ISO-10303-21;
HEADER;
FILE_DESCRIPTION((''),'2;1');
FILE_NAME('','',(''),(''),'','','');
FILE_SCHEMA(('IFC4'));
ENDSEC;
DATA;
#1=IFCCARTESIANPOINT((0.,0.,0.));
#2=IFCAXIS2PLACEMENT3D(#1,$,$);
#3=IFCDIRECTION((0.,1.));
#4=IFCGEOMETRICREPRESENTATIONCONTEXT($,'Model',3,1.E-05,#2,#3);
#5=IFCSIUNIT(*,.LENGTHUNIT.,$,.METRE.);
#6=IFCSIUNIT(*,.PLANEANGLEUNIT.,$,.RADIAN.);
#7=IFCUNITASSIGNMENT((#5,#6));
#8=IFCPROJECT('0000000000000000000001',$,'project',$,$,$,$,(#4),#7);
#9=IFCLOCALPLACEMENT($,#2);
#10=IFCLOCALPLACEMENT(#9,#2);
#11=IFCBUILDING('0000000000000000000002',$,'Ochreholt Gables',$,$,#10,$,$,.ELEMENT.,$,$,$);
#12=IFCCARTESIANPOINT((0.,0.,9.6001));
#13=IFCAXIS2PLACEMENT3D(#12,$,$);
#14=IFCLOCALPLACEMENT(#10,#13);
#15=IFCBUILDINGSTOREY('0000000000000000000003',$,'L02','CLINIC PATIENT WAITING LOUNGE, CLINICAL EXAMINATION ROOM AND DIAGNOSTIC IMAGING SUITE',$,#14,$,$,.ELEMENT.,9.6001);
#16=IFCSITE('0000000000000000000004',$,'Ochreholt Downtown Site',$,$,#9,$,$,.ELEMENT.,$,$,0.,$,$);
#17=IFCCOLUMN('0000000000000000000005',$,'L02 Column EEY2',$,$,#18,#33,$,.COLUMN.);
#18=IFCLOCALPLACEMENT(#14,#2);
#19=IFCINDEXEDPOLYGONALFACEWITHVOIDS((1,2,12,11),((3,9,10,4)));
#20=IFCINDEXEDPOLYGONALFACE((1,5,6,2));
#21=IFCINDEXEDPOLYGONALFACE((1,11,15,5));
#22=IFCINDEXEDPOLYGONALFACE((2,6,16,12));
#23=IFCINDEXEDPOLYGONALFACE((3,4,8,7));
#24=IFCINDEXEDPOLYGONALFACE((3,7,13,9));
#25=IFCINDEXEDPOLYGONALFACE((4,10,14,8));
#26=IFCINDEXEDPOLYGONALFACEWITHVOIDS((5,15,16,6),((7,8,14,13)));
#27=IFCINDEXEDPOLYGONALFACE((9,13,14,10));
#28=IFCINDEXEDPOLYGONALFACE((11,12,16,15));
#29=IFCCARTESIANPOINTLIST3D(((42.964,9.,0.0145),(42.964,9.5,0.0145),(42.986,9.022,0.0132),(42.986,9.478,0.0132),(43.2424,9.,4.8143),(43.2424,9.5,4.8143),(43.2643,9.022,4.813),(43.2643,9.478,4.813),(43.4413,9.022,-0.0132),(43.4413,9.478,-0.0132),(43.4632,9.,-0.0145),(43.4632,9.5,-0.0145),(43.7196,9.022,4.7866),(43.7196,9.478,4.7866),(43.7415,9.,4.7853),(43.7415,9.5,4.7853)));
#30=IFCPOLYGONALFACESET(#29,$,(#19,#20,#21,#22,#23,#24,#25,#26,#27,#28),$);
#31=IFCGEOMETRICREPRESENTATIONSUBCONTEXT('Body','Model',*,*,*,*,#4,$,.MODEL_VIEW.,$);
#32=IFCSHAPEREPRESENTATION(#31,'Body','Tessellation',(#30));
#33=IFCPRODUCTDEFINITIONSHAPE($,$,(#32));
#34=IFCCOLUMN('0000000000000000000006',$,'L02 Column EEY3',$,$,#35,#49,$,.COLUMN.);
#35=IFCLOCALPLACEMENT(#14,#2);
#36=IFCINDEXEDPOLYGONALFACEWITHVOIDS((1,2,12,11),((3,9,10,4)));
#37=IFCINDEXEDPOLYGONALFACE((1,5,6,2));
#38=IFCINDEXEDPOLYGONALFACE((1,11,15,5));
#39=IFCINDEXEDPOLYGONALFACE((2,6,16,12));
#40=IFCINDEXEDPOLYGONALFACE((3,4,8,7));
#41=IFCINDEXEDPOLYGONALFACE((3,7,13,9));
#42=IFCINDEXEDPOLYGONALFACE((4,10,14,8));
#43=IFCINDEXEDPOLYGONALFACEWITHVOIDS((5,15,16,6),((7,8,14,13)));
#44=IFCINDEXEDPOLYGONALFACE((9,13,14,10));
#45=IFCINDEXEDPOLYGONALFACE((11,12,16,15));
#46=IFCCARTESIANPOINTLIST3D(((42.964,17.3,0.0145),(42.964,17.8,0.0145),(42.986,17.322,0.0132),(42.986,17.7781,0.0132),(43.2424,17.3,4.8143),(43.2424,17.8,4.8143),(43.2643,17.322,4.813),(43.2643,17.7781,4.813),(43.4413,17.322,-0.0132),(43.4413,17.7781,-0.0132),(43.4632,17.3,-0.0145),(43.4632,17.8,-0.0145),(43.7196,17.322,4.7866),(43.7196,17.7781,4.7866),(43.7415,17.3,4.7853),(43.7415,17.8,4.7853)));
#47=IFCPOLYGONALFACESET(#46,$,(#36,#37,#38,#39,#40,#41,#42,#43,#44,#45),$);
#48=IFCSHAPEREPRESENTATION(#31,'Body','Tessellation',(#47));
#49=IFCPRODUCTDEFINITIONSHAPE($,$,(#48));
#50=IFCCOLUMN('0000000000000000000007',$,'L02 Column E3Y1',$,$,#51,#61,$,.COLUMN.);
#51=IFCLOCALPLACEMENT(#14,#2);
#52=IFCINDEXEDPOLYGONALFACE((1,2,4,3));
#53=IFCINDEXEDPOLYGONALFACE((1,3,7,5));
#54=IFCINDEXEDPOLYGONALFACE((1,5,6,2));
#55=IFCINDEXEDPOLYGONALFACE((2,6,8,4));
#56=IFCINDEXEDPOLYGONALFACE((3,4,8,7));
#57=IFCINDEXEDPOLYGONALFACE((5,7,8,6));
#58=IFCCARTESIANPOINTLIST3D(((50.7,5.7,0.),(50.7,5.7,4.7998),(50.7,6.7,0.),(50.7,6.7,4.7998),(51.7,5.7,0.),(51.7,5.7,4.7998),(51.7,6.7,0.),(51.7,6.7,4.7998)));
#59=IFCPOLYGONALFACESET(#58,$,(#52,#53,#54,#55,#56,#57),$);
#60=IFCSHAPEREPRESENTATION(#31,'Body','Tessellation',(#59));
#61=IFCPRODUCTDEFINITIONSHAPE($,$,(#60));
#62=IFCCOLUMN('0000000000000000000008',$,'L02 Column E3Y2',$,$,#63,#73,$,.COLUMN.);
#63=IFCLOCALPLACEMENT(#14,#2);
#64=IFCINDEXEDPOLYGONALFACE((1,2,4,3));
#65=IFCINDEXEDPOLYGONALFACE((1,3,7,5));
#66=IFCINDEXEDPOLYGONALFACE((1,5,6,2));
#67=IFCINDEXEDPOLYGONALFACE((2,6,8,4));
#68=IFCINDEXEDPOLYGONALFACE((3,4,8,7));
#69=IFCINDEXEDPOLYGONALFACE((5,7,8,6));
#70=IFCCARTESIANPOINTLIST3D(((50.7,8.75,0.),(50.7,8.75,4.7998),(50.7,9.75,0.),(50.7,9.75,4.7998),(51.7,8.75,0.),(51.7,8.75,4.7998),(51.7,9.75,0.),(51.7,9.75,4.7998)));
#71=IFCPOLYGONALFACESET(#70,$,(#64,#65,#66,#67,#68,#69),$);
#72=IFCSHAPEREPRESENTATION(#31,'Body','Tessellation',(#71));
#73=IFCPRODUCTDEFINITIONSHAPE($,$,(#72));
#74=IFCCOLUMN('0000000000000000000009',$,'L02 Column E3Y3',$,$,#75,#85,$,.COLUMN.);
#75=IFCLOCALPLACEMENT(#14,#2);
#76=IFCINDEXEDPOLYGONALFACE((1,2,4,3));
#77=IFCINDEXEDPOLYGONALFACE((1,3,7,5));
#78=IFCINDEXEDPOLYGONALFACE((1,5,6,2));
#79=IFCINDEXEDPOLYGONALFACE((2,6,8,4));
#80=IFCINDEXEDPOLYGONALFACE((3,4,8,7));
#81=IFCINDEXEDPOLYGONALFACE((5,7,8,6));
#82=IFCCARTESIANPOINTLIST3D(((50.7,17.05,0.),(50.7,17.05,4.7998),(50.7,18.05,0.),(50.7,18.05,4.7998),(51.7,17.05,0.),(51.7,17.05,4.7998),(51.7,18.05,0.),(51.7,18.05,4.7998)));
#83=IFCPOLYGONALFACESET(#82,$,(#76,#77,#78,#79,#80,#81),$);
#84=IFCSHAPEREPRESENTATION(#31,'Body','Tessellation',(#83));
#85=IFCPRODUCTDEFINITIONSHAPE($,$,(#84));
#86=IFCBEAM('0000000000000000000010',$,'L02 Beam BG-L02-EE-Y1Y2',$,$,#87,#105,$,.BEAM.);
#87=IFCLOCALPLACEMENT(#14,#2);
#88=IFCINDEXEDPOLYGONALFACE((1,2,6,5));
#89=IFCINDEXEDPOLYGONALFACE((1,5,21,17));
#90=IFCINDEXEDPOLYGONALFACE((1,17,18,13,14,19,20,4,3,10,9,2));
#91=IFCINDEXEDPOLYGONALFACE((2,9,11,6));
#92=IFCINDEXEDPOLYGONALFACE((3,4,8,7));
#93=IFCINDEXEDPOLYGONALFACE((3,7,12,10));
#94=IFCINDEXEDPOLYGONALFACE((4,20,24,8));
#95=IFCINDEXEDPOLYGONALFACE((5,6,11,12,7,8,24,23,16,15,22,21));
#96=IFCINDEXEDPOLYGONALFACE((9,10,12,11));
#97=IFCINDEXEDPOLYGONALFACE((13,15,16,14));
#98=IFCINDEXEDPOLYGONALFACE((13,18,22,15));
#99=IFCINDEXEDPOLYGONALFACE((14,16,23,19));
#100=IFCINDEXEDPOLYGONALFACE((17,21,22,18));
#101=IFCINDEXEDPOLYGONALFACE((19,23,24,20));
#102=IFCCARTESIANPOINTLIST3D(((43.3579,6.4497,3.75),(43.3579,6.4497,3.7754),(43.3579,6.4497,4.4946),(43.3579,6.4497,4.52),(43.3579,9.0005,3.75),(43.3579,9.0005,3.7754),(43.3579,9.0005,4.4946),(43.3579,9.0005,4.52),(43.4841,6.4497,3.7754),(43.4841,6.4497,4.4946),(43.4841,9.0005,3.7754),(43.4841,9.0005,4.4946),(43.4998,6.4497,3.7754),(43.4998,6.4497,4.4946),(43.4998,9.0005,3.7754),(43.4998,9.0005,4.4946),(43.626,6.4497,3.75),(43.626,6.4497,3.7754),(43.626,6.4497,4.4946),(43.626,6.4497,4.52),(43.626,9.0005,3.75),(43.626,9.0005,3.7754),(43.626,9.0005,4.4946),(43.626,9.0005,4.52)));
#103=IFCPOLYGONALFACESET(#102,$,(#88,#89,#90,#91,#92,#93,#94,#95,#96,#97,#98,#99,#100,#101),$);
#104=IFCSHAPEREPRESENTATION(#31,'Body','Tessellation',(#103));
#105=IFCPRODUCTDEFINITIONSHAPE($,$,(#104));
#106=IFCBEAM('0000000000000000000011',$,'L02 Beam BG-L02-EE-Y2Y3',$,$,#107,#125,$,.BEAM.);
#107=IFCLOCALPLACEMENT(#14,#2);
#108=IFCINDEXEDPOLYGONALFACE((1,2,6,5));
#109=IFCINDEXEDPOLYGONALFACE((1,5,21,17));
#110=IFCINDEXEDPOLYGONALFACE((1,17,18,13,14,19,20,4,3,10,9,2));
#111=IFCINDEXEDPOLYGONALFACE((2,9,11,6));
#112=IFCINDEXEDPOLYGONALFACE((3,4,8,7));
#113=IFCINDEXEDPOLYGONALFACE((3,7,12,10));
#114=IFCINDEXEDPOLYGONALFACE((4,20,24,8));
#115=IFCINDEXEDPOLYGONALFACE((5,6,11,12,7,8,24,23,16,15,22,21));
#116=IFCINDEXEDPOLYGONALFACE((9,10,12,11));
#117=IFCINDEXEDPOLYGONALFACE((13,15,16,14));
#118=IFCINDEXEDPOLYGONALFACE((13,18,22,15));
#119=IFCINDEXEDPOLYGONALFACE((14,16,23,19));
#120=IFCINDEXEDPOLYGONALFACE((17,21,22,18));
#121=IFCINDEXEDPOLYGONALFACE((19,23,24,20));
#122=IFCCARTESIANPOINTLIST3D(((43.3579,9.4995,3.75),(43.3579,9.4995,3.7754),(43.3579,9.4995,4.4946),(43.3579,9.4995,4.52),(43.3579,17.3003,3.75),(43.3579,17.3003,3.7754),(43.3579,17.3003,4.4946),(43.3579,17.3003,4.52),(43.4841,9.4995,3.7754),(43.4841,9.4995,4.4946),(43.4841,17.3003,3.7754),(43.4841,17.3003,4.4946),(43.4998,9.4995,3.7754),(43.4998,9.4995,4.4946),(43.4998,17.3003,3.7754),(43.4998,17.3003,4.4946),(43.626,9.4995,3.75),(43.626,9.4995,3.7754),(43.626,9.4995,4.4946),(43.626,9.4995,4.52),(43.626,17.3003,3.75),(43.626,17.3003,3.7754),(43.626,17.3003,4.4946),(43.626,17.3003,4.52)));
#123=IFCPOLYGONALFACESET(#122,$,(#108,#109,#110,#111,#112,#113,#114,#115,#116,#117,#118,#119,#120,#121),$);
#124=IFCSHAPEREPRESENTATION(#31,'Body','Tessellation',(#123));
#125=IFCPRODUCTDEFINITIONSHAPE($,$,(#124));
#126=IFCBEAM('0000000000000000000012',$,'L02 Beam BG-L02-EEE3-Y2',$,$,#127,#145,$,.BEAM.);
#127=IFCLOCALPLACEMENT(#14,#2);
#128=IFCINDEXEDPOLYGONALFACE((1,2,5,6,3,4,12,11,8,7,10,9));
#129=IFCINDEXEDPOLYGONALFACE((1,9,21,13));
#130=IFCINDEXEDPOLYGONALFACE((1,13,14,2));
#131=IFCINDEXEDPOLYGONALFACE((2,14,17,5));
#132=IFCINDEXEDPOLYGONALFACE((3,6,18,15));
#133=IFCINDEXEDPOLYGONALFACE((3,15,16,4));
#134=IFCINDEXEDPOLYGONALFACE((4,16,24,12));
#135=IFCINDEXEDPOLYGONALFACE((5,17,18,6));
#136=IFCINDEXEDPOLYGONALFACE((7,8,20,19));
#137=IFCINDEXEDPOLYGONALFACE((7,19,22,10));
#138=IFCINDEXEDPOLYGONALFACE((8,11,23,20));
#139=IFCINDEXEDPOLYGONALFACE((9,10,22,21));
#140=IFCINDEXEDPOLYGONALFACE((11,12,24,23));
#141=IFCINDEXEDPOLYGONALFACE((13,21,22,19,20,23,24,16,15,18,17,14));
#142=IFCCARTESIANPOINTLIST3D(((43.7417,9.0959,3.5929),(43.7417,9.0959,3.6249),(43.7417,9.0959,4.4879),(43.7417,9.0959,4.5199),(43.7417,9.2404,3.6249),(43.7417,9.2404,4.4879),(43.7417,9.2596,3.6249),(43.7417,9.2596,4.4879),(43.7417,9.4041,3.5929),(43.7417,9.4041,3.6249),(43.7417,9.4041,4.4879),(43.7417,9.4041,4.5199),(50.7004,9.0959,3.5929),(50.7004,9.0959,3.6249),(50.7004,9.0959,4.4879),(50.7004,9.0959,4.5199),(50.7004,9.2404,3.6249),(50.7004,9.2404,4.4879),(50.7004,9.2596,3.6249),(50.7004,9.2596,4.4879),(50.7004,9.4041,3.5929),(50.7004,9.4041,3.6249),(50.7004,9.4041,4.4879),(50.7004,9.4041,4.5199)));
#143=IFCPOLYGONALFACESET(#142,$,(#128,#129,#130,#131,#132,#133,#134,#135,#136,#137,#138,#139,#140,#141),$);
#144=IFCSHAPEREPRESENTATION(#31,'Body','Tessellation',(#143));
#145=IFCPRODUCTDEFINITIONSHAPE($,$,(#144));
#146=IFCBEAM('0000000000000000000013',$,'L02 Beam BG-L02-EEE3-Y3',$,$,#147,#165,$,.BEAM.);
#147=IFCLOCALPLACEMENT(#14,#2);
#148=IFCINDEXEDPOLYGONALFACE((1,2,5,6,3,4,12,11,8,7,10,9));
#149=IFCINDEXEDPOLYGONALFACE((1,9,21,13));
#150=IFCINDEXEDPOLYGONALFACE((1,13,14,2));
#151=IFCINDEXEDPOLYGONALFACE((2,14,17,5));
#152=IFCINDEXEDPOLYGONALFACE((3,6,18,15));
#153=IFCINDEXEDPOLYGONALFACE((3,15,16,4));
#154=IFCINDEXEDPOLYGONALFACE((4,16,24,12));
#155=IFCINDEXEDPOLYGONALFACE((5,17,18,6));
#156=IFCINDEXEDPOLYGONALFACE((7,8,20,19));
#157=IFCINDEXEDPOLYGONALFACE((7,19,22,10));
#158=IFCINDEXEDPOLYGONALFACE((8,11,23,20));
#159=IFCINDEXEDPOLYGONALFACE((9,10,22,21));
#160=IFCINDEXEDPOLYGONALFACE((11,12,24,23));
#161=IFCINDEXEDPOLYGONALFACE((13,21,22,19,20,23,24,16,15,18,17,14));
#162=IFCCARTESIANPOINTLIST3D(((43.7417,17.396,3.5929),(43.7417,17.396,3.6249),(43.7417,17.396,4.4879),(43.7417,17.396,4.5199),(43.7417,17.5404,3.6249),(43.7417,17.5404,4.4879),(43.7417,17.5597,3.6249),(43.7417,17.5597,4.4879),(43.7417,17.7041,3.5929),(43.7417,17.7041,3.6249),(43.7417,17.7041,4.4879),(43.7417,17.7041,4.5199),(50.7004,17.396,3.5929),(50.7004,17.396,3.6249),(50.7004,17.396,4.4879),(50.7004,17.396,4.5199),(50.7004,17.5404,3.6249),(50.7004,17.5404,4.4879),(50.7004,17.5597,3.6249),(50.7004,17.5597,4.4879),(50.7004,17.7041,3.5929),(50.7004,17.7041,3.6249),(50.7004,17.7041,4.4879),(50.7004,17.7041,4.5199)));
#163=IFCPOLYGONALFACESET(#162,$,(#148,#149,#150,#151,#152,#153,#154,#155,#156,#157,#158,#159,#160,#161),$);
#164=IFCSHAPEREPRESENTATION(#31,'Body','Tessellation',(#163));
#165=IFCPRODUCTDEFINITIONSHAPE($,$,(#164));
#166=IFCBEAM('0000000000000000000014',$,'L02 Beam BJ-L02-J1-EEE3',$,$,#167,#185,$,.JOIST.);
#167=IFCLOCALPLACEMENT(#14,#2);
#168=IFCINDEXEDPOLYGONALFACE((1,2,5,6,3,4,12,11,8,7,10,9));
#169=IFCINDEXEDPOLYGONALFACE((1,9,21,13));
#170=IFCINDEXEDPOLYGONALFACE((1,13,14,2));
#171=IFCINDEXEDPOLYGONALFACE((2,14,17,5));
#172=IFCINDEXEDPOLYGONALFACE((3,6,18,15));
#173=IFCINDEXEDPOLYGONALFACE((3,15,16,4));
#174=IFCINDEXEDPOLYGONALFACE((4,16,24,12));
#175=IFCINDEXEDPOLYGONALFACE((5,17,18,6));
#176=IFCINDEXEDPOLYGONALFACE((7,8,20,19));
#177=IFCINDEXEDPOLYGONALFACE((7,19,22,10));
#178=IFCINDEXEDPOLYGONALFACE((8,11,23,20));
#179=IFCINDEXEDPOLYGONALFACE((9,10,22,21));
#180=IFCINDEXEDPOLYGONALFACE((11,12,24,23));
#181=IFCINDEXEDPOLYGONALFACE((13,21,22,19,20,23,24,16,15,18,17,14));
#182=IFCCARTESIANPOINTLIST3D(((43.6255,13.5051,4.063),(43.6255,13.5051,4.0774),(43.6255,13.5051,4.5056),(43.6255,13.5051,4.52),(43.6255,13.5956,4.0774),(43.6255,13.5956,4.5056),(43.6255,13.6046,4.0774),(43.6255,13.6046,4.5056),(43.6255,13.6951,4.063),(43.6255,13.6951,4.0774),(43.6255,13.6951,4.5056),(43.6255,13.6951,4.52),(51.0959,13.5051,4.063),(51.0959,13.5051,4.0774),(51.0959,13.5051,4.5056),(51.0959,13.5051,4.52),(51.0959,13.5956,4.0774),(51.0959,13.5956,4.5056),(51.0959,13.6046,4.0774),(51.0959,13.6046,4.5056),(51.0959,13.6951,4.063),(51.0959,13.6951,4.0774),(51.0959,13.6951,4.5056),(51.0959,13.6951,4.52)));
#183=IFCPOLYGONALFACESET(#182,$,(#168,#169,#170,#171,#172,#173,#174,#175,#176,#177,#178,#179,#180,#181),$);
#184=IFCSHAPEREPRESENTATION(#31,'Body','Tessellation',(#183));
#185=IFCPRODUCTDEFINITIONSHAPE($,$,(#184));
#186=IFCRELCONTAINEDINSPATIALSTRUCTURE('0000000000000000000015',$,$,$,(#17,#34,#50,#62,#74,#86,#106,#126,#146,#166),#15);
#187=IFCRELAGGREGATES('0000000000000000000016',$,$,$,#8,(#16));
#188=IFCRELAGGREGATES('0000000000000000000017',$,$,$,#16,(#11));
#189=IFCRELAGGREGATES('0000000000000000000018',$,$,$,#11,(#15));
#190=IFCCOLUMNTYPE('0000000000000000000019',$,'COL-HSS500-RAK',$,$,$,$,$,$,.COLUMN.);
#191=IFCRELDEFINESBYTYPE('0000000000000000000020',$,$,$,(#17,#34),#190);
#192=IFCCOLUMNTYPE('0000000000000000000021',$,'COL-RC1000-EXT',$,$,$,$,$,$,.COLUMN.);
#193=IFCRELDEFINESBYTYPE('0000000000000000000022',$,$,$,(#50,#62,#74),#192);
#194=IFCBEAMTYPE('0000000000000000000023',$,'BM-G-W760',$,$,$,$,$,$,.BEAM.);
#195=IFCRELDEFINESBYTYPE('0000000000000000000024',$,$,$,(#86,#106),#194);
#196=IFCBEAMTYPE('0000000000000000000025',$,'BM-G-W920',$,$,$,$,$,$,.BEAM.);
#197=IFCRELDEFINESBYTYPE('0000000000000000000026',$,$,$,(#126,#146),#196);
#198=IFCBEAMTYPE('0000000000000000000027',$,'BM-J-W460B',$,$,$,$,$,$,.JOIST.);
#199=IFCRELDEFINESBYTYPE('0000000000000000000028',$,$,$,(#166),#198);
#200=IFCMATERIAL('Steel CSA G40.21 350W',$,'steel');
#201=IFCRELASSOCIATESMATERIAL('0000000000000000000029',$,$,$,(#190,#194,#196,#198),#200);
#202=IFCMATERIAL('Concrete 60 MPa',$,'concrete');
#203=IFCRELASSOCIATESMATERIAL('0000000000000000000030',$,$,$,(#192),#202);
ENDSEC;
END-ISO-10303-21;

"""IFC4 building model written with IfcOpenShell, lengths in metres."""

from ifc_helpers import new_model, si_unit, direction, frame, origin, origin_2d, place, context, subcontext, project, spatial, rectangle, hollow_rectangle, i_section, extrude, material, material_profile, profile_set, type_object, element, save


model = new_model("IFC4")

# Units and contexts
model_context = context("Model", 3, precision=1e-05, world=origin(), true_north=direction((0.0, 1.0)))
body_context = subcontext(model_context, "Body", "Model", "MODEL_VIEW")
ifc_project = project(units=[si_unit("LENGTHUNIT", "METRE"), si_unit("PLANEANGLEUNIT", "RADIAN")], contexts=[model_context])

# Site, building, storey
site_placement = place(None, origin())
site = spatial("IfcSite", under=ifc_project, at=site_placement, Name="Ochreholt Downtown Site", CompositionType="ELEMENT", RefElevation=0.0)
building_placement = place(site_placement, origin())
building = spatial("IfcBuilding", under=site, at=building_placement, Name="Ochreholt Gables", CompositionType="ELEMENT")
storey_placement = place(building_placement, frame((0.0, 0.0, 9.6001)))
storey = spatial("IfcBuildingStorey", under=building, at=storey_placement, Name="L02", Description="CLINIC PATIENT WAITING LOUNGE, CLINICAL EXAMINATION ROOM AND DIAGNOSTIC IMAGING SUITE", CompositionType="ELEMENT", Elevation=9.6001)

# Columns
ifc_material_1 = material(Name="Steel CSA G40.21 350W", Category="steel")
ifc_material_profile_1 = material_profile(ifc_material_1, hollow_rectangle(XDim=0.5, YDim=0.5, WallThickness=0.022, at=origin_2d()), Name="HSS500X500X22")
ifc_profile_set_1 = profile_set([ifc_material_profile_1], Name="Steel CSA G40.21 350W")
column_type_1 = type_object("IfcColumnType", Name="COL-HSS500-RAK", PredefinedType="COLUMN", material=ifc_profile_set_1)
for number, where, z_axis, x_axis, name in (
    (1, (43.2136, 9.25, 0.0), (0.057889, 0.0, 0.998323), (0.0, 1.0, 0.0), "L02 Column EEY2"),
    (2, (43.2136, 17.55, 0.0), (0.057889, 0.0, 0.998323), (0.0, 1.0, 0.0), "L02 Column EEY3"),
):
    element("IfcColumn", number, at=place(storey_placement, frame(where, z_axis=z_axis, x_axis=x_axis)), inside=storey, type_object=column_type_1, Name=name, PredefinedType="COLUMN", context=body_context, shape_type="SweptSolid", body=[
        extrude(hollow_rectangle(XDim=0.5, YDim=0.5, WallThickness=0.022, at=origin_2d()), origin(), (0.0, 0.0, 1.0), 4.8079),
    ])
ifc_material_2 = material(Name="Concrete 60 MPa", Category="concrete")
ifc_material_profile_2 = material_profile(ifc_material_2, rectangle(XDim=1.0, YDim=1.0, at=origin_2d()), Name="RC1000X1000")
ifc_profile_set_2 = profile_set([ifc_material_profile_2], Name="Concrete 60 MPa")
column_type_2 = type_object("IfcColumnType", Name="COL-RC1000-EXT", PredefinedType="COLUMN", material=ifc_profile_set_2)
for number, where, z_axis, x_axis, name in (
    (3, (51.2, 6.2, 0.0), (0.0, 0.0, 1.0), (1.0, 0.0, 0.0), "L02 Column E3Y1"),
    (4, (51.2, 9.25, 0.0), (0.0, 0.0, 1.0), (1.0, 0.0, 0.0), "L02 Column E3Y2"),
    (5, (51.2, 17.55, 0.0), (0.0, 0.0, 1.0), (1.0, 0.0, 0.0), "L02 Column E3Y3"),
):
    element("IfcColumn", number, at=place(storey_placement, frame(where, z_axis=z_axis, x_axis=x_axis)), inside=storey, type_object=column_type_2, Name=name, PredefinedType="COLUMN", context=body_context, shape_type="SweptSolid", body=[
        extrude(rectangle(XDim=1.0, YDim=1.0, at=origin_2d()), origin(), (0.0, 0.0, 1.0), 4.7998),
    ])

# Beams
ifc_material_profile_3 = material_profile(ifc_material_1, i_section(OverallWidth=0.2681, OverallDepth=0.77, WebThickness=0.0156, FlangeThickness=0.0254, at=origin_2d()), Name="W760X196")
ifc_profile_set_3 = profile_set([ifc_material_profile_3], Name="Steel CSA G40.21 350W")
beam_type_1 = type_object("IfcBeamType", Name="BM-G-W760", PredefinedType="BEAM", material=ifc_profile_set_3)
beam_1_placement = place(storey_placement, frame((43.4919, 6.4497, 4.135), z_axis=(0.0, 1.0, 0.0), x_axis=(-1.0, 0.0, 0.0)))
element("IfcBeam", 6, at=beam_1_placement, inside=storey, type_object=beam_type_1, Name="L02 Beam BG-L02-EE-Y1Y2", PredefinedType="BEAM", context=body_context, shape_type="SweptSolid", body=[
    extrude(i_section(OverallWidth=0.2681, OverallDepth=0.77, WebThickness=0.0156, FlangeThickness=0.0254, at=origin_2d()), origin(), (0.0, 0.0, 1.0), 2.5508),
])
beam_2_placement = place(storey_placement, frame((43.4919, 9.4995, 4.135), z_axis=(0.0, 1.0, 0.0), x_axis=(-1.0, 0.0, 0.0)))
element("IfcBeam", 7, at=beam_2_placement, inside=storey, type_object=beam_type_1, Name="L02 Beam BG-L02-EE-Y2Y3", PredefinedType="BEAM", context=body_context, shape_type="SweptSolid", body=[
    extrude(i_section(OverallWidth=0.2681, OverallDepth=0.77, WebThickness=0.0156, FlangeThickness=0.0254, at=origin_2d()), origin(), (0.0, 0.0, 1.0), 7.8008),
])
ifc_material_profile_4 = material_profile(ifc_material_1, i_section(OverallWidth=0.3081, OverallDepth=0.927, WebThickness=0.0193, FlangeThickness=0.032, at=origin_2d()), Name="W920X289")
ifc_profile_set_4 = profile_set([ifc_material_profile_4], Name="Steel CSA G40.21 350W")
beam_type_2 = type_object("IfcBeamType", Name="BM-G-W920", PredefinedType="BEAM", material=ifc_profile_set_4)
for number, where, z_axis, x_axis, name in (
    (8, (43.7417, 9.25, 4.0564), (1.0, 0.0, 0.0), (0.0, 1.0, 0.0), "L02 Beam BG-L02-EEE3-Y2"),
    (9, (43.7417, 17.55, 4.0564), (1.0, 0.0, 0.0), (0.0, 1.0, 0.0), "L02 Beam BG-L02-EEE3-Y3"),
):
    element("IfcBeam", number, at=place(storey_placement, frame(where, z_axis=z_axis, x_axis=x_axis)), inside=storey, type_object=beam_type_2, Name=name, PredefinedType="BEAM", context=body_context, shape_type="SweptSolid", body=[
        extrude(i_section(OverallWidth=0.3081, OverallDepth=0.927, WebThickness=0.0193, FlangeThickness=0.032, at=origin_2d()), origin(), (0.0, 0.0, 1.0), 6.9587),
    ])
ifc_material_profile_5 = material_profile(ifc_material_1, i_section(OverallWidth=0.1899, OverallDepth=0.457, WebThickness=0.009, FlangeThickness=0.0144, at=origin_2d()), Name="W460X74")
ifc_profile_set_5 = profile_set([ifc_material_profile_5], Name="Steel CSA G40.21 350W")
beam_type_3 = type_object("IfcBeamType", Name="BM-J-W460B", PredefinedType="JOIST", material=ifc_profile_set_5)
beam_3_placement = place(storey_placement, frame((43.6255, 13.6001, 4.2915), z_axis=(1.0, 0.0, 0.0), x_axis=(0.0, 1.0, 0.0)))
element("IfcBeam", 10, at=beam_3_placement, inside=storey, type_object=beam_type_3, Name="L02 Beam BJ-L02-J1-EEE3", PredefinedType="JOIST", context=body_context, shape_type="SweptSolid", body=[
    extrude(i_section(OverallWidth=0.1899, OverallDepth=0.457, WebThickness=0.009, FlangeThickness=0.0144, at=origin_2d()), origin(), (0.0, 0.0, 1.0), 7.4705),
])

save(model, "model.ifc")
